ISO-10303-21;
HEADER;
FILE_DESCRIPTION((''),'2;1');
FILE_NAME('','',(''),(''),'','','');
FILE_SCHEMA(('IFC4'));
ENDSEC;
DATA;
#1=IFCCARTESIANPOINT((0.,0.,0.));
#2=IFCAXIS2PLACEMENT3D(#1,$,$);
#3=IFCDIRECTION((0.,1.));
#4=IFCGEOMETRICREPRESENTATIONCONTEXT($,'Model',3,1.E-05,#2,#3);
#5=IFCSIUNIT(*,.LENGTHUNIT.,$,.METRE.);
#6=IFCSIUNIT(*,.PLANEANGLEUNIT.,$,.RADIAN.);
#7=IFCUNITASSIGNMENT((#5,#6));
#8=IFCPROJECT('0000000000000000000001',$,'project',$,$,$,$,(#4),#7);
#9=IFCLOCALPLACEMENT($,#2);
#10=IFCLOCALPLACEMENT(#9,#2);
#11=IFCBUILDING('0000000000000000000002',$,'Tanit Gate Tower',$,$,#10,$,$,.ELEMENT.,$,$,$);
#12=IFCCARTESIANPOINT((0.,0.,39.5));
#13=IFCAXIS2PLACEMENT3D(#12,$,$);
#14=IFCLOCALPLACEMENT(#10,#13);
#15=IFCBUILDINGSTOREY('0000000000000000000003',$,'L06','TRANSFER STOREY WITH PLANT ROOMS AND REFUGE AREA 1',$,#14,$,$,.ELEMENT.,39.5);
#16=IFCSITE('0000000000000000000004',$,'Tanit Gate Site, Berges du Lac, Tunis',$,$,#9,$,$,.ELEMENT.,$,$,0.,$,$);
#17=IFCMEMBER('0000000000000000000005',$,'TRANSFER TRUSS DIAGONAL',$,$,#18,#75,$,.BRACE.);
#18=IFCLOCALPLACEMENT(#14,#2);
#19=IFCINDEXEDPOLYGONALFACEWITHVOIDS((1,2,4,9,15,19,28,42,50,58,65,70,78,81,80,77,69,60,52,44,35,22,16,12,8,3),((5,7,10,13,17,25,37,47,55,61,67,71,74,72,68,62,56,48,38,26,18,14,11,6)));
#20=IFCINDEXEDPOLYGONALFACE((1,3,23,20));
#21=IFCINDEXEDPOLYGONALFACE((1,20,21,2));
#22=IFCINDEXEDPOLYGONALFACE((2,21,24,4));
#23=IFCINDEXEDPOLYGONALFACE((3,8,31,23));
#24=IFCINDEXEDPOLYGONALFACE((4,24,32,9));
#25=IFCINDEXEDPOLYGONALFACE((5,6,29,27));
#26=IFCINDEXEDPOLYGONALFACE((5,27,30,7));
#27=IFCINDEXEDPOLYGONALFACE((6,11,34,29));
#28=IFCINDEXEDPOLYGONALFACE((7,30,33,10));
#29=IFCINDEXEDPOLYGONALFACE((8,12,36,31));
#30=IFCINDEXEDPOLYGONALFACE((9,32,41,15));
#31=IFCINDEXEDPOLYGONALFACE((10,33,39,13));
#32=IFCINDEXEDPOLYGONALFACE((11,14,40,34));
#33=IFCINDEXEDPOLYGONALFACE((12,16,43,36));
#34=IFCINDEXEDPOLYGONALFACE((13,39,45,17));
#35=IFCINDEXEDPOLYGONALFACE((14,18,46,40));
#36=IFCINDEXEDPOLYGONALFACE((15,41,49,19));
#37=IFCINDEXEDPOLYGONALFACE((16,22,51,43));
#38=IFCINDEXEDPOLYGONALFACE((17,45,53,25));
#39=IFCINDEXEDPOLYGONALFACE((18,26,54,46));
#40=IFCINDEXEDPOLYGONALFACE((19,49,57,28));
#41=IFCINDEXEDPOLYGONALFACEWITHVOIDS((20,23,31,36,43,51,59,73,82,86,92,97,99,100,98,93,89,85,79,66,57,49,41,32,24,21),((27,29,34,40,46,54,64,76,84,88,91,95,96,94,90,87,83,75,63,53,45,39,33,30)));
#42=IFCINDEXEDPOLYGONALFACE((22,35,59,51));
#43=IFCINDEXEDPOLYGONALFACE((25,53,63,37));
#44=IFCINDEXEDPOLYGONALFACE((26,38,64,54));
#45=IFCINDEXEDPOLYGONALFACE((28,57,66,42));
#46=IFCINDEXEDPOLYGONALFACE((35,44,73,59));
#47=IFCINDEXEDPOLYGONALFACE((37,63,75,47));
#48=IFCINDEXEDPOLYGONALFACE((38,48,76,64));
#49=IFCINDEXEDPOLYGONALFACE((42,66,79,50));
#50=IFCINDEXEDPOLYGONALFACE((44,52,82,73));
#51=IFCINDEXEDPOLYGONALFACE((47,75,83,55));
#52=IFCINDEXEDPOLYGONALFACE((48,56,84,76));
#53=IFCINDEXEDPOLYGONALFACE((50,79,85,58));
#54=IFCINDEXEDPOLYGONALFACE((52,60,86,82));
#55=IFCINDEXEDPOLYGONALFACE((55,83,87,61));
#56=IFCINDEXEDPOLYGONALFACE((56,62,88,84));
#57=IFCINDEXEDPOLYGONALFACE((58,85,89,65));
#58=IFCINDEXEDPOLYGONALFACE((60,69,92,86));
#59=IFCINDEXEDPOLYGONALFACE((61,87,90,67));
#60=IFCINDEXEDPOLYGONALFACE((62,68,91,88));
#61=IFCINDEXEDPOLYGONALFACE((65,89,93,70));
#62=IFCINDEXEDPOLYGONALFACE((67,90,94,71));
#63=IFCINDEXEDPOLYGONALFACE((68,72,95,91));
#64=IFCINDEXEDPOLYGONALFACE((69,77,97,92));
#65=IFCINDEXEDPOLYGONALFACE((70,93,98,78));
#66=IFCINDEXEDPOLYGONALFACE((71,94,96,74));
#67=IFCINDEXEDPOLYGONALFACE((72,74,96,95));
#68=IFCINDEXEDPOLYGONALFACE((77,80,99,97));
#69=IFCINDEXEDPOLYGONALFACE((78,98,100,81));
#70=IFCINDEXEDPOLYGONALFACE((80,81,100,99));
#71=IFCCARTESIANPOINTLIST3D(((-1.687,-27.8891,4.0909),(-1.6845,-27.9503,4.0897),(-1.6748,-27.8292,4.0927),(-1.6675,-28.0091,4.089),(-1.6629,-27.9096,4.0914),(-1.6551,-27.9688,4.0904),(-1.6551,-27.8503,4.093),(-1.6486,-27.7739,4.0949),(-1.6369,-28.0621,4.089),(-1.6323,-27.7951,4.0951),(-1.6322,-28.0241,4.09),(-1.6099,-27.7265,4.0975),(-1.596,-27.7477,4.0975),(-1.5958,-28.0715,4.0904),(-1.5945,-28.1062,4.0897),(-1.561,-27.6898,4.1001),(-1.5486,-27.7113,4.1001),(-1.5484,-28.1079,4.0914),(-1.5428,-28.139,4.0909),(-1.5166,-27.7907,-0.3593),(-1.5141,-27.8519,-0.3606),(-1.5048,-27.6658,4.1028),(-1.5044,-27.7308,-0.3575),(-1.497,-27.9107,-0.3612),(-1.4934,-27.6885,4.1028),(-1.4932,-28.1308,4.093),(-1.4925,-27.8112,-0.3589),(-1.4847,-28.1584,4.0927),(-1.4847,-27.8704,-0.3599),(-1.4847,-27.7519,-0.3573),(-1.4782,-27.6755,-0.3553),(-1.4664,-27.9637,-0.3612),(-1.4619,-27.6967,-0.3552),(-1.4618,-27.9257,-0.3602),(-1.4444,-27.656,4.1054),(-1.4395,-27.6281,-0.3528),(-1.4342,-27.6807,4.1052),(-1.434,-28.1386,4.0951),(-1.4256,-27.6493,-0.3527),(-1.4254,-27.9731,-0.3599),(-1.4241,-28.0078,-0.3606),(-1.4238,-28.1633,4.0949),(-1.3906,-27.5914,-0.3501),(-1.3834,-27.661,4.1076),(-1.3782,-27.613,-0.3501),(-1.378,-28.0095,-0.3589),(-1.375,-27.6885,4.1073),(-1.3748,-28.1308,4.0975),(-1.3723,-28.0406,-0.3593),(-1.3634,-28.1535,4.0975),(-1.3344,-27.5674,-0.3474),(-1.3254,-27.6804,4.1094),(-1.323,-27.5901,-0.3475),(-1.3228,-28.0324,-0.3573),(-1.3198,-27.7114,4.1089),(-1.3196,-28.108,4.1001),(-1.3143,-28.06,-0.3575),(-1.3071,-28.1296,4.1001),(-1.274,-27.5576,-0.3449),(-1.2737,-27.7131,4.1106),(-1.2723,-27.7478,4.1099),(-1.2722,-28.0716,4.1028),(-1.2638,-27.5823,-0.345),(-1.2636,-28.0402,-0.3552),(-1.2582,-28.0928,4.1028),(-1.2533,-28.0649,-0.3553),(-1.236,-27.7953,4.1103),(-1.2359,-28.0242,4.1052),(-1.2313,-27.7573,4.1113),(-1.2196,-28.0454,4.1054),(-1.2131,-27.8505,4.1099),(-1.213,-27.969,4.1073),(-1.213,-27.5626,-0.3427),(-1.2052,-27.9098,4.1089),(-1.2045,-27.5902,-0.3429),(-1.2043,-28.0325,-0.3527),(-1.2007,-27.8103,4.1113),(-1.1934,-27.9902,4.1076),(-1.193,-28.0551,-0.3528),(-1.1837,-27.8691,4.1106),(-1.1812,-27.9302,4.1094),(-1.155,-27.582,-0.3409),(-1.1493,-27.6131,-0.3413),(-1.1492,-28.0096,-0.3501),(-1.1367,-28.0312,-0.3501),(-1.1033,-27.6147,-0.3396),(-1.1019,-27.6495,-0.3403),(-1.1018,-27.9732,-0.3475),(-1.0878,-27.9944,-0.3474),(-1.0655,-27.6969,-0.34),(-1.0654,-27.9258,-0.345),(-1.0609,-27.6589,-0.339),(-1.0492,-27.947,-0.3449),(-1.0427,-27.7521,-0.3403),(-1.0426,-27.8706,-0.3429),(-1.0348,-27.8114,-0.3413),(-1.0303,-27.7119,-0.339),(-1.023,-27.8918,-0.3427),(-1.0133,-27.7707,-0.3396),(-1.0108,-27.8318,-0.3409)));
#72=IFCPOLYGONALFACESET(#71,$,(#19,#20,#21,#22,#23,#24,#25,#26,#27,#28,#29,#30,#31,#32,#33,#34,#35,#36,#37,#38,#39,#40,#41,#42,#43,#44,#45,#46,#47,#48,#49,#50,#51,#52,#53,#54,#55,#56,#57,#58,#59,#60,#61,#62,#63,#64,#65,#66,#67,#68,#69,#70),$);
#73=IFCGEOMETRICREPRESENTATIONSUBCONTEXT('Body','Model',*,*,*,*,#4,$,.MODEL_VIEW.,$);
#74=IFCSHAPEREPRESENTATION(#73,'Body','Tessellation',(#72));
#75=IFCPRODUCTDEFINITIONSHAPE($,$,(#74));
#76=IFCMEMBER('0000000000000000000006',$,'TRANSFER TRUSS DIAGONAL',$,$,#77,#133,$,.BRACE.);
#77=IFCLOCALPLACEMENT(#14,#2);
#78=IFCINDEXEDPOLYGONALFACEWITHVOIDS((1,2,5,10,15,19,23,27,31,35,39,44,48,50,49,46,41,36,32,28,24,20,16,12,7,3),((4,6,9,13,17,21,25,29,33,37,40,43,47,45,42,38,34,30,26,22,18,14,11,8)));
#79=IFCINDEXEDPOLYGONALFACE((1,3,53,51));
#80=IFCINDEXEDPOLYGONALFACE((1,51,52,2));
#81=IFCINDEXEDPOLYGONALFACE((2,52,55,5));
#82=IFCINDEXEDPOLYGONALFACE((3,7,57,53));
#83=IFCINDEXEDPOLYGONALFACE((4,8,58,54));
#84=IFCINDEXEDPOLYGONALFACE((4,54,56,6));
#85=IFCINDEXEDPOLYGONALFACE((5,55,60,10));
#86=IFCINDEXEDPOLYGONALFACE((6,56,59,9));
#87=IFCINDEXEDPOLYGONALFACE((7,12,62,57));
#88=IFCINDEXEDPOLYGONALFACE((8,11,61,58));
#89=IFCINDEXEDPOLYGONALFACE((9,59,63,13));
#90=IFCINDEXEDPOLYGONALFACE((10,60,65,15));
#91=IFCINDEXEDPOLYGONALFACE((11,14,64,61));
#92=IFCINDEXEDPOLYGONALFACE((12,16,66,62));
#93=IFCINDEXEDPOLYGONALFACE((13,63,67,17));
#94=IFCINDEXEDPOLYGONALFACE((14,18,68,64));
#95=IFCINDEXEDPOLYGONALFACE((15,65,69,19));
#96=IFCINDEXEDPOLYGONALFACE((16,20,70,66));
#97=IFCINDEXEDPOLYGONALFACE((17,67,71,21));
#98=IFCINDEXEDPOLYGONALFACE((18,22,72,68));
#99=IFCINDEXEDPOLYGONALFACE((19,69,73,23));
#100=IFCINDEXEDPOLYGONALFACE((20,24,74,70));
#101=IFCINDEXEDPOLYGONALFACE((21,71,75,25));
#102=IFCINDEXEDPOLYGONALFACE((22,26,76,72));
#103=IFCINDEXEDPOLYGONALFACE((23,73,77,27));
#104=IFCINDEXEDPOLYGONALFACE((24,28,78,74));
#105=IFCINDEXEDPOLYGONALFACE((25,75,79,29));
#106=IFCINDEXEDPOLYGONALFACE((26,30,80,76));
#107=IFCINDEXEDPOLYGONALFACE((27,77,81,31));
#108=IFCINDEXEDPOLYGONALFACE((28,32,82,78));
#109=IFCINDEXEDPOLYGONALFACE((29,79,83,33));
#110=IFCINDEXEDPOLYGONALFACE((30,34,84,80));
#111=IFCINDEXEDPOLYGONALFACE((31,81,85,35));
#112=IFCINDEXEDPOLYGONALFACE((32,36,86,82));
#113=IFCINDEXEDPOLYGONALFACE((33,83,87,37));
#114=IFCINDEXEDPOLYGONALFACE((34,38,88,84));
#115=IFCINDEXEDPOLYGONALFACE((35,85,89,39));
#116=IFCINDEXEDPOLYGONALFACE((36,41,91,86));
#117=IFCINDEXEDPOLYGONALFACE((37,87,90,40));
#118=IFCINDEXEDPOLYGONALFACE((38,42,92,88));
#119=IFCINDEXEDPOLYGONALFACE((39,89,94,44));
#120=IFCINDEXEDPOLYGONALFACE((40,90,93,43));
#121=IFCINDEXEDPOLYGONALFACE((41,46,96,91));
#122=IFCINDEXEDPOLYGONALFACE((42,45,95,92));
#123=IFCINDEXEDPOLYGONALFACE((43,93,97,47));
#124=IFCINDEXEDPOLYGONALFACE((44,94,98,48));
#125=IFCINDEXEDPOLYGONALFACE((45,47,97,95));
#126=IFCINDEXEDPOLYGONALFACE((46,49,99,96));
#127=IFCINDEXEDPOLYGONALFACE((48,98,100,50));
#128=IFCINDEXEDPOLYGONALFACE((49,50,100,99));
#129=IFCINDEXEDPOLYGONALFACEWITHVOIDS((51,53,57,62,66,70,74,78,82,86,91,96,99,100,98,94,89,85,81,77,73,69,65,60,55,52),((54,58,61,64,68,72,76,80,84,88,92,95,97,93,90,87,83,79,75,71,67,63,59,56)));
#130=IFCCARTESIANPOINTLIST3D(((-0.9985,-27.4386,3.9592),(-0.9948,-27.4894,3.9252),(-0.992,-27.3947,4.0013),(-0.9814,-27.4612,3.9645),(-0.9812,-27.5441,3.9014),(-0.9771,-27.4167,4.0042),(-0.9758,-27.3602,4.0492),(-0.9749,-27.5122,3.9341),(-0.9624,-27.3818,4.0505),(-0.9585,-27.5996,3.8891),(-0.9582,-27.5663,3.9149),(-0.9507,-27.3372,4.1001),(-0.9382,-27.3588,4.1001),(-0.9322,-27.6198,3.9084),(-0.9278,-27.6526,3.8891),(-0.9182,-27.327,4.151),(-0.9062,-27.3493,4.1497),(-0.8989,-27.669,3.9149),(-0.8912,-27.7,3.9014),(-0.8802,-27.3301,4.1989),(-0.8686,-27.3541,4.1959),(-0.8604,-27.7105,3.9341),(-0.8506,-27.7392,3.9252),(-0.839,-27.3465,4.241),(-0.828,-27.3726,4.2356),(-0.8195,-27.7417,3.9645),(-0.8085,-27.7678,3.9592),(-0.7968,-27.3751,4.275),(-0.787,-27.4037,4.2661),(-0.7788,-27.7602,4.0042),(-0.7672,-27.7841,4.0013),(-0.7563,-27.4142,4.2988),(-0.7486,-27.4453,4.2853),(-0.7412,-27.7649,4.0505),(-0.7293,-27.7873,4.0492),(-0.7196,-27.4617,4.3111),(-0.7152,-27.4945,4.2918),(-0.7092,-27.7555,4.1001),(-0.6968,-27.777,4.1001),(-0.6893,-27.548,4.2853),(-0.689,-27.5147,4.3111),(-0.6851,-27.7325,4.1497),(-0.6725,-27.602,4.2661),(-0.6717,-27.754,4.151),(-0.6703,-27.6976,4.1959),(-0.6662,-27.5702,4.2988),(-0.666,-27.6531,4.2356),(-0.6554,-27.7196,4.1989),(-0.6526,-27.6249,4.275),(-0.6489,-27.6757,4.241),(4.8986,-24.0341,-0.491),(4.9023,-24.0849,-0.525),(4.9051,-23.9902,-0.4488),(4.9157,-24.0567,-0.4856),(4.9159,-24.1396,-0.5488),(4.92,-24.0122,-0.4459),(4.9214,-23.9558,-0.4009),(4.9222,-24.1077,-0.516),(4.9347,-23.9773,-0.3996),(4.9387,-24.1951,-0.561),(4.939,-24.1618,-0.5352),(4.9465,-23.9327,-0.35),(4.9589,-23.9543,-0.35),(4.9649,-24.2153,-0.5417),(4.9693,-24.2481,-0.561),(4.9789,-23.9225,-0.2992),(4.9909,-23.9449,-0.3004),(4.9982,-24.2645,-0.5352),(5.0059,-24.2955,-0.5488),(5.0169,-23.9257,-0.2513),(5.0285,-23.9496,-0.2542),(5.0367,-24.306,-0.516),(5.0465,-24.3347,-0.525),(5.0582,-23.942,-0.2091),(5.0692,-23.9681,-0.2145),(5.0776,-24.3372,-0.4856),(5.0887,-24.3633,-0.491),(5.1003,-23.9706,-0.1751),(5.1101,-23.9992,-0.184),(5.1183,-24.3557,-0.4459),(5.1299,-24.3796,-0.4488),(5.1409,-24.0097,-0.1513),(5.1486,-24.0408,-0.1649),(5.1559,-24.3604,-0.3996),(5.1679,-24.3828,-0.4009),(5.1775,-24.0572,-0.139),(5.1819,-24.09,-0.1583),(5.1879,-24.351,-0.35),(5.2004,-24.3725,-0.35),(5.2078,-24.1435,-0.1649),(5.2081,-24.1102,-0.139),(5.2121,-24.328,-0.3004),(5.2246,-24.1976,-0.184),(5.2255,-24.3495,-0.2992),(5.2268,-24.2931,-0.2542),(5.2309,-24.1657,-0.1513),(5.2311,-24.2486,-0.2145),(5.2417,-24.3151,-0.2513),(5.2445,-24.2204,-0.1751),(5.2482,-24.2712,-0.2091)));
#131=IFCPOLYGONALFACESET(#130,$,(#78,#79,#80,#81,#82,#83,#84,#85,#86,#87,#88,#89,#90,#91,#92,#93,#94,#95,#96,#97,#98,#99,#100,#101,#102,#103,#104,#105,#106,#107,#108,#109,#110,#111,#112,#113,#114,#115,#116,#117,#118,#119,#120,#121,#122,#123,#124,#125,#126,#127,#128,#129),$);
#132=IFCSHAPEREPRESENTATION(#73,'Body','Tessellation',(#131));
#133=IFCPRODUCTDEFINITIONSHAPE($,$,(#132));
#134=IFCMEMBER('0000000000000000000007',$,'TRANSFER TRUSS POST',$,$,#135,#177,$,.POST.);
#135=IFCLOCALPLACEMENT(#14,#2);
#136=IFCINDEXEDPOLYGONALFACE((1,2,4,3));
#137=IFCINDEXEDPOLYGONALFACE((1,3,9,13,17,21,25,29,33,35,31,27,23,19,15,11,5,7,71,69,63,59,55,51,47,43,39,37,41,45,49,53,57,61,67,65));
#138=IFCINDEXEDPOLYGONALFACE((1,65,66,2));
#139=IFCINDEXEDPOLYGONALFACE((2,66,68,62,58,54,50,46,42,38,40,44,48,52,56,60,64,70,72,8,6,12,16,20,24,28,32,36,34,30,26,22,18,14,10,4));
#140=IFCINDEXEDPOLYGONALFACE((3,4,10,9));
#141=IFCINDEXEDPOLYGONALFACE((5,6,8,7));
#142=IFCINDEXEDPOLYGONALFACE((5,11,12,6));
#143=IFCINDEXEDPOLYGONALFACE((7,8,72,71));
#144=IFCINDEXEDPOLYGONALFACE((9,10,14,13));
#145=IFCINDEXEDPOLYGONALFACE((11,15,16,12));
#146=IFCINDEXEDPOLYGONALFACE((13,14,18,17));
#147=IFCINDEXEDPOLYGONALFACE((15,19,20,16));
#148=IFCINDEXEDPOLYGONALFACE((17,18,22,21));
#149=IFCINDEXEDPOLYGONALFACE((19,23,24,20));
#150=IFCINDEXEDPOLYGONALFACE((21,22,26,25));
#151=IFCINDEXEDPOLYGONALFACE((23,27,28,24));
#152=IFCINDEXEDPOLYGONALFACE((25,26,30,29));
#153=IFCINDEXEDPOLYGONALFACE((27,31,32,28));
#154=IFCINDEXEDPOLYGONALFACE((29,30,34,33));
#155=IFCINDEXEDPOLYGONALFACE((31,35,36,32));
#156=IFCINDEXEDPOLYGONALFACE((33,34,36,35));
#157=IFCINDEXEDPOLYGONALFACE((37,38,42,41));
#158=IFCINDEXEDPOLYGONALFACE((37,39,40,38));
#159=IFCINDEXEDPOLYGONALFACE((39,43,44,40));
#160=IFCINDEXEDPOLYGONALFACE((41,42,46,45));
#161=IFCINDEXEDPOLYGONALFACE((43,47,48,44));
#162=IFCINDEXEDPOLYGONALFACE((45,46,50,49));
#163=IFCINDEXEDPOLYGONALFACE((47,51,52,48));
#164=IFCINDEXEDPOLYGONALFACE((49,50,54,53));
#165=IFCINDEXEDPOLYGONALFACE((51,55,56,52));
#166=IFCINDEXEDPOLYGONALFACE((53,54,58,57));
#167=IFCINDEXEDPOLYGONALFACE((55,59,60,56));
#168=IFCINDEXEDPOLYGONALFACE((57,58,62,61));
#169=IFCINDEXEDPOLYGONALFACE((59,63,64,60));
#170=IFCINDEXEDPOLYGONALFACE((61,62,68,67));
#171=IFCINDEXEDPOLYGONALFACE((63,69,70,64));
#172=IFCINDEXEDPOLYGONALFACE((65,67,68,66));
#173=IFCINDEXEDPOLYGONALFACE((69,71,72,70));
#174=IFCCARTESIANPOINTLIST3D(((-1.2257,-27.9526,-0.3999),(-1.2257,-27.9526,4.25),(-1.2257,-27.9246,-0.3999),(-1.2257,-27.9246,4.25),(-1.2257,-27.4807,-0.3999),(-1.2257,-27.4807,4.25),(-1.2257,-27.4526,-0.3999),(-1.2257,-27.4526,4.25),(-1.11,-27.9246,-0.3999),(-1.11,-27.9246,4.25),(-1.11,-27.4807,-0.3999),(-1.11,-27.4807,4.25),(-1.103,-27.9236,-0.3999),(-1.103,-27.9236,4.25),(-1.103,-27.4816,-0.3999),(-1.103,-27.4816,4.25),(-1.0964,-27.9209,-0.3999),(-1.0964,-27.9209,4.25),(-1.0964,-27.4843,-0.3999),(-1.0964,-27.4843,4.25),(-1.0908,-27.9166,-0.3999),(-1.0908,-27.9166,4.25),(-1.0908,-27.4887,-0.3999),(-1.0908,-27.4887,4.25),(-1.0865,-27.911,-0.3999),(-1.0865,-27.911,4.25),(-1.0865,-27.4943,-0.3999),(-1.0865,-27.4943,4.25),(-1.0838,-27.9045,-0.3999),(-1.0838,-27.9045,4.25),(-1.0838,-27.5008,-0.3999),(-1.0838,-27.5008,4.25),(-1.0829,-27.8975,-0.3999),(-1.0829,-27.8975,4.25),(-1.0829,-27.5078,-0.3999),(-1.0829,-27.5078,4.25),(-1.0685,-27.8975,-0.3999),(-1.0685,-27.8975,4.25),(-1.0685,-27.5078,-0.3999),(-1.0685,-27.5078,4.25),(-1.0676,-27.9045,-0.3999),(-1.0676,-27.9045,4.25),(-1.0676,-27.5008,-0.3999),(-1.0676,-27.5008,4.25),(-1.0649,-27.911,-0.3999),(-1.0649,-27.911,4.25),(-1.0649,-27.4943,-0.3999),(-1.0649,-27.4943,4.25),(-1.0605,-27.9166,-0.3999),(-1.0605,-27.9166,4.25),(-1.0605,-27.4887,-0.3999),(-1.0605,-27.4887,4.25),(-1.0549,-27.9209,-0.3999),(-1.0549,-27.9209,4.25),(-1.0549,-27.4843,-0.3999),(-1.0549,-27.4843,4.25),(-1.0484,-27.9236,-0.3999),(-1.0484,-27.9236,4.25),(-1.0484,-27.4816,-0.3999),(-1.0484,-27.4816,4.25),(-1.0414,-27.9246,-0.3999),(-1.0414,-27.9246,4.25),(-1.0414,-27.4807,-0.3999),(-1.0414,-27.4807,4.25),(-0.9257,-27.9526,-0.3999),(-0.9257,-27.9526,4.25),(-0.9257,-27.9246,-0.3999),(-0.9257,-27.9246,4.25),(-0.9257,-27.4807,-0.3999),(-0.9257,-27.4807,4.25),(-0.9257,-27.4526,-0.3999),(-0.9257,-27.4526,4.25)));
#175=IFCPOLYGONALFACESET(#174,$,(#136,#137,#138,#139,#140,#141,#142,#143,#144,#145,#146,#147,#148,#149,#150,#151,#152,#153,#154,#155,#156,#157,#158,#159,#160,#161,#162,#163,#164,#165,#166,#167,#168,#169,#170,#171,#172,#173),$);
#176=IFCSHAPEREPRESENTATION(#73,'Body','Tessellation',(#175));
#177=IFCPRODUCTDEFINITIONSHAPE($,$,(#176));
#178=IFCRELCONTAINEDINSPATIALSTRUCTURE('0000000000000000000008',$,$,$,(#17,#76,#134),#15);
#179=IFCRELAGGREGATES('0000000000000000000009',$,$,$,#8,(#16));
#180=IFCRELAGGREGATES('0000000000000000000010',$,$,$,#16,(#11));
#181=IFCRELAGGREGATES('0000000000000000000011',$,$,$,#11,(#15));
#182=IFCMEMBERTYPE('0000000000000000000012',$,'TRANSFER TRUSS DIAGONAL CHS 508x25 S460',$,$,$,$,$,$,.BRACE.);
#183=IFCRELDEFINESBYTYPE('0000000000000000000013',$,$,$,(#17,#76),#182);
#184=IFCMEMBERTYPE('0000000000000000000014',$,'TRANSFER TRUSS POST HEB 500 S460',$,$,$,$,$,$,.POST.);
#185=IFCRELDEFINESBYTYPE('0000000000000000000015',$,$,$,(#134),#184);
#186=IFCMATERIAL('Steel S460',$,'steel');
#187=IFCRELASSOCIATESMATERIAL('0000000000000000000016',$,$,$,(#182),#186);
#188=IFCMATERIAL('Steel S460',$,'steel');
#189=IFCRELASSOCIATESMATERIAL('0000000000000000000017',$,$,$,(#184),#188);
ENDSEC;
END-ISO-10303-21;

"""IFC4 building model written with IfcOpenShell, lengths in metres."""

from ifc_helpers import new_model, si_unit, direction, frame, origin, origin_2d, place, context, subcontext, project, spatial, hollow_circle, i_section, extrude, material, material_profile, profile_set, type_object, element, save


model = new_model("IFC4")

# Units and contexts
model_context = context("Model", 3, precision=1e-05, world=origin(), true_north=direction((0.0, 1.0)))
body_context = subcontext(model_context, "Body", "Model", "MODEL_VIEW")
ifc_project = project(units=[si_unit("LENGTHUNIT", "METRE"), si_unit("PLANEANGLEUNIT", "RADIAN")], contexts=[model_context])

# Site, building, storey
site_placement = place(None, origin())
site = spatial("IfcSite", under=ifc_project, at=site_placement, Name="Tanit Gate Site, Berges du Lac, Tunis", CompositionType="ELEMENT", RefElevation=0.0)
building_placement = place(site_placement, origin())
building = spatial("IfcBuilding", under=site, at=building_placement, Name="Tanit Gate Tower", CompositionType="ELEMENT")
storey_placement = place(building_placement, frame((0.0, 0.0, 39.5)))
storey = spatial("IfcBuildingStorey", under=building, at=storey_placement, Name="L06", Description="TRANSFER STOREY WITH PLANT ROOMS AND REFUGE AREA 1", CompositionType="ELEMENT", Elevation=39.5)

# Members
ifc_material_1 = material(Name="Steel S460", Category="steel")
ifc_material_profile_1 = material_profile(ifc_material_1, hollow_circle(Radius=0.2539, WallThickness=0.0249, at=origin_2d()), Name="CHS 508x25")
ifc_profile_set_1 = profile_set([ifc_material_profile_1], Name="Steel S460")
member_type_1 = type_object("IfcMemberType", Name="TRANSFER TRUSS DIAGONAL CHS 508x25 S460", PredefinedType="BRACE", material=ifc_profile_set_1)
member_1_placement = place(storey_placement, frame((-1.2637, -27.8113, -0.3501), z_axis=(-0.038255, -0.022087, 0.999024), x_axis=(0.500009, -0.86602, 0.0)))
element("IfcMember", 1, at=member_1_placement, inside=storey, type_object=member_type_1, Name="TRANSFER TRUSS DIAGONAL", PredefinedType="BRACE", context=body_context, shape_type="SweptSolid", body=[
    extrude(hollow_circle(Radius=0.2539, WallThickness=0.0249, at=origin_2d()), origin(), (0.0, 0.0, 1.0), 4.4546),
])
member_2_placement = place(storey_placement, frame((-0.8237, -27.5571, 4.1001), z_axis=(0.724952, 0.418524, -0.547068), x_axis=(-0.499976, 0.866039, 0.0)))
element("IfcMember", 2, at=member_2_placement, inside=storey, type_object=member_type_1, Name="TRANSFER TRUSS DIAGONAL", PredefinedType="BRACE", context=body_context, shape_type="SweptSolid", body=[
    extrude(hollow_circle(Radius=0.2539, WallThickness=0.0249, at=origin_2d()), origin(), (0.0, 0.0, 1.0), 8.1345),
])
ifc_material_2 = material(Name="Steel S460", Category="steel")
ifc_material_profile_2 = material_profile(ifc_material_2, i_section(OverallWidth=0.3, OverallDepth=0.5, WebThickness=0.0144, FlangeThickness=0.0281, FilletRadius=0.0271, at=origin_2d()), Name="HEB 500")
ifc_profile_set_2 = profile_set([ifc_material_profile_2], Name="Steel S460")
member_type_2 = type_object("IfcMemberType", Name="TRANSFER TRUSS POST HEB 500 S460", PredefinedType="POST", material=ifc_profile_set_2)
member_3_placement = place(storey_placement, frame((-1.0757, -27.7026, -0.3999), z_axis=(0.0, 0.0, 1.0), x_axis=(1.0, 0.0, 0.0)))
element("IfcMember", 3, at=member_3_placement, inside=storey, type_object=member_type_2, Name="TRANSFER TRUSS POST", PredefinedType="POST", context=body_context, shape_type="SweptSolid", body=[
    extrude(i_section(OverallWidth=0.3, OverallDepth=0.5, WebThickness=0.0144, FlangeThickness=0.0281, FilletRadius=0.0271, at=origin_2d()), origin(), (0.0, 0.0, 1.0), 4.6499),
])

save(model, "model.ifc")
